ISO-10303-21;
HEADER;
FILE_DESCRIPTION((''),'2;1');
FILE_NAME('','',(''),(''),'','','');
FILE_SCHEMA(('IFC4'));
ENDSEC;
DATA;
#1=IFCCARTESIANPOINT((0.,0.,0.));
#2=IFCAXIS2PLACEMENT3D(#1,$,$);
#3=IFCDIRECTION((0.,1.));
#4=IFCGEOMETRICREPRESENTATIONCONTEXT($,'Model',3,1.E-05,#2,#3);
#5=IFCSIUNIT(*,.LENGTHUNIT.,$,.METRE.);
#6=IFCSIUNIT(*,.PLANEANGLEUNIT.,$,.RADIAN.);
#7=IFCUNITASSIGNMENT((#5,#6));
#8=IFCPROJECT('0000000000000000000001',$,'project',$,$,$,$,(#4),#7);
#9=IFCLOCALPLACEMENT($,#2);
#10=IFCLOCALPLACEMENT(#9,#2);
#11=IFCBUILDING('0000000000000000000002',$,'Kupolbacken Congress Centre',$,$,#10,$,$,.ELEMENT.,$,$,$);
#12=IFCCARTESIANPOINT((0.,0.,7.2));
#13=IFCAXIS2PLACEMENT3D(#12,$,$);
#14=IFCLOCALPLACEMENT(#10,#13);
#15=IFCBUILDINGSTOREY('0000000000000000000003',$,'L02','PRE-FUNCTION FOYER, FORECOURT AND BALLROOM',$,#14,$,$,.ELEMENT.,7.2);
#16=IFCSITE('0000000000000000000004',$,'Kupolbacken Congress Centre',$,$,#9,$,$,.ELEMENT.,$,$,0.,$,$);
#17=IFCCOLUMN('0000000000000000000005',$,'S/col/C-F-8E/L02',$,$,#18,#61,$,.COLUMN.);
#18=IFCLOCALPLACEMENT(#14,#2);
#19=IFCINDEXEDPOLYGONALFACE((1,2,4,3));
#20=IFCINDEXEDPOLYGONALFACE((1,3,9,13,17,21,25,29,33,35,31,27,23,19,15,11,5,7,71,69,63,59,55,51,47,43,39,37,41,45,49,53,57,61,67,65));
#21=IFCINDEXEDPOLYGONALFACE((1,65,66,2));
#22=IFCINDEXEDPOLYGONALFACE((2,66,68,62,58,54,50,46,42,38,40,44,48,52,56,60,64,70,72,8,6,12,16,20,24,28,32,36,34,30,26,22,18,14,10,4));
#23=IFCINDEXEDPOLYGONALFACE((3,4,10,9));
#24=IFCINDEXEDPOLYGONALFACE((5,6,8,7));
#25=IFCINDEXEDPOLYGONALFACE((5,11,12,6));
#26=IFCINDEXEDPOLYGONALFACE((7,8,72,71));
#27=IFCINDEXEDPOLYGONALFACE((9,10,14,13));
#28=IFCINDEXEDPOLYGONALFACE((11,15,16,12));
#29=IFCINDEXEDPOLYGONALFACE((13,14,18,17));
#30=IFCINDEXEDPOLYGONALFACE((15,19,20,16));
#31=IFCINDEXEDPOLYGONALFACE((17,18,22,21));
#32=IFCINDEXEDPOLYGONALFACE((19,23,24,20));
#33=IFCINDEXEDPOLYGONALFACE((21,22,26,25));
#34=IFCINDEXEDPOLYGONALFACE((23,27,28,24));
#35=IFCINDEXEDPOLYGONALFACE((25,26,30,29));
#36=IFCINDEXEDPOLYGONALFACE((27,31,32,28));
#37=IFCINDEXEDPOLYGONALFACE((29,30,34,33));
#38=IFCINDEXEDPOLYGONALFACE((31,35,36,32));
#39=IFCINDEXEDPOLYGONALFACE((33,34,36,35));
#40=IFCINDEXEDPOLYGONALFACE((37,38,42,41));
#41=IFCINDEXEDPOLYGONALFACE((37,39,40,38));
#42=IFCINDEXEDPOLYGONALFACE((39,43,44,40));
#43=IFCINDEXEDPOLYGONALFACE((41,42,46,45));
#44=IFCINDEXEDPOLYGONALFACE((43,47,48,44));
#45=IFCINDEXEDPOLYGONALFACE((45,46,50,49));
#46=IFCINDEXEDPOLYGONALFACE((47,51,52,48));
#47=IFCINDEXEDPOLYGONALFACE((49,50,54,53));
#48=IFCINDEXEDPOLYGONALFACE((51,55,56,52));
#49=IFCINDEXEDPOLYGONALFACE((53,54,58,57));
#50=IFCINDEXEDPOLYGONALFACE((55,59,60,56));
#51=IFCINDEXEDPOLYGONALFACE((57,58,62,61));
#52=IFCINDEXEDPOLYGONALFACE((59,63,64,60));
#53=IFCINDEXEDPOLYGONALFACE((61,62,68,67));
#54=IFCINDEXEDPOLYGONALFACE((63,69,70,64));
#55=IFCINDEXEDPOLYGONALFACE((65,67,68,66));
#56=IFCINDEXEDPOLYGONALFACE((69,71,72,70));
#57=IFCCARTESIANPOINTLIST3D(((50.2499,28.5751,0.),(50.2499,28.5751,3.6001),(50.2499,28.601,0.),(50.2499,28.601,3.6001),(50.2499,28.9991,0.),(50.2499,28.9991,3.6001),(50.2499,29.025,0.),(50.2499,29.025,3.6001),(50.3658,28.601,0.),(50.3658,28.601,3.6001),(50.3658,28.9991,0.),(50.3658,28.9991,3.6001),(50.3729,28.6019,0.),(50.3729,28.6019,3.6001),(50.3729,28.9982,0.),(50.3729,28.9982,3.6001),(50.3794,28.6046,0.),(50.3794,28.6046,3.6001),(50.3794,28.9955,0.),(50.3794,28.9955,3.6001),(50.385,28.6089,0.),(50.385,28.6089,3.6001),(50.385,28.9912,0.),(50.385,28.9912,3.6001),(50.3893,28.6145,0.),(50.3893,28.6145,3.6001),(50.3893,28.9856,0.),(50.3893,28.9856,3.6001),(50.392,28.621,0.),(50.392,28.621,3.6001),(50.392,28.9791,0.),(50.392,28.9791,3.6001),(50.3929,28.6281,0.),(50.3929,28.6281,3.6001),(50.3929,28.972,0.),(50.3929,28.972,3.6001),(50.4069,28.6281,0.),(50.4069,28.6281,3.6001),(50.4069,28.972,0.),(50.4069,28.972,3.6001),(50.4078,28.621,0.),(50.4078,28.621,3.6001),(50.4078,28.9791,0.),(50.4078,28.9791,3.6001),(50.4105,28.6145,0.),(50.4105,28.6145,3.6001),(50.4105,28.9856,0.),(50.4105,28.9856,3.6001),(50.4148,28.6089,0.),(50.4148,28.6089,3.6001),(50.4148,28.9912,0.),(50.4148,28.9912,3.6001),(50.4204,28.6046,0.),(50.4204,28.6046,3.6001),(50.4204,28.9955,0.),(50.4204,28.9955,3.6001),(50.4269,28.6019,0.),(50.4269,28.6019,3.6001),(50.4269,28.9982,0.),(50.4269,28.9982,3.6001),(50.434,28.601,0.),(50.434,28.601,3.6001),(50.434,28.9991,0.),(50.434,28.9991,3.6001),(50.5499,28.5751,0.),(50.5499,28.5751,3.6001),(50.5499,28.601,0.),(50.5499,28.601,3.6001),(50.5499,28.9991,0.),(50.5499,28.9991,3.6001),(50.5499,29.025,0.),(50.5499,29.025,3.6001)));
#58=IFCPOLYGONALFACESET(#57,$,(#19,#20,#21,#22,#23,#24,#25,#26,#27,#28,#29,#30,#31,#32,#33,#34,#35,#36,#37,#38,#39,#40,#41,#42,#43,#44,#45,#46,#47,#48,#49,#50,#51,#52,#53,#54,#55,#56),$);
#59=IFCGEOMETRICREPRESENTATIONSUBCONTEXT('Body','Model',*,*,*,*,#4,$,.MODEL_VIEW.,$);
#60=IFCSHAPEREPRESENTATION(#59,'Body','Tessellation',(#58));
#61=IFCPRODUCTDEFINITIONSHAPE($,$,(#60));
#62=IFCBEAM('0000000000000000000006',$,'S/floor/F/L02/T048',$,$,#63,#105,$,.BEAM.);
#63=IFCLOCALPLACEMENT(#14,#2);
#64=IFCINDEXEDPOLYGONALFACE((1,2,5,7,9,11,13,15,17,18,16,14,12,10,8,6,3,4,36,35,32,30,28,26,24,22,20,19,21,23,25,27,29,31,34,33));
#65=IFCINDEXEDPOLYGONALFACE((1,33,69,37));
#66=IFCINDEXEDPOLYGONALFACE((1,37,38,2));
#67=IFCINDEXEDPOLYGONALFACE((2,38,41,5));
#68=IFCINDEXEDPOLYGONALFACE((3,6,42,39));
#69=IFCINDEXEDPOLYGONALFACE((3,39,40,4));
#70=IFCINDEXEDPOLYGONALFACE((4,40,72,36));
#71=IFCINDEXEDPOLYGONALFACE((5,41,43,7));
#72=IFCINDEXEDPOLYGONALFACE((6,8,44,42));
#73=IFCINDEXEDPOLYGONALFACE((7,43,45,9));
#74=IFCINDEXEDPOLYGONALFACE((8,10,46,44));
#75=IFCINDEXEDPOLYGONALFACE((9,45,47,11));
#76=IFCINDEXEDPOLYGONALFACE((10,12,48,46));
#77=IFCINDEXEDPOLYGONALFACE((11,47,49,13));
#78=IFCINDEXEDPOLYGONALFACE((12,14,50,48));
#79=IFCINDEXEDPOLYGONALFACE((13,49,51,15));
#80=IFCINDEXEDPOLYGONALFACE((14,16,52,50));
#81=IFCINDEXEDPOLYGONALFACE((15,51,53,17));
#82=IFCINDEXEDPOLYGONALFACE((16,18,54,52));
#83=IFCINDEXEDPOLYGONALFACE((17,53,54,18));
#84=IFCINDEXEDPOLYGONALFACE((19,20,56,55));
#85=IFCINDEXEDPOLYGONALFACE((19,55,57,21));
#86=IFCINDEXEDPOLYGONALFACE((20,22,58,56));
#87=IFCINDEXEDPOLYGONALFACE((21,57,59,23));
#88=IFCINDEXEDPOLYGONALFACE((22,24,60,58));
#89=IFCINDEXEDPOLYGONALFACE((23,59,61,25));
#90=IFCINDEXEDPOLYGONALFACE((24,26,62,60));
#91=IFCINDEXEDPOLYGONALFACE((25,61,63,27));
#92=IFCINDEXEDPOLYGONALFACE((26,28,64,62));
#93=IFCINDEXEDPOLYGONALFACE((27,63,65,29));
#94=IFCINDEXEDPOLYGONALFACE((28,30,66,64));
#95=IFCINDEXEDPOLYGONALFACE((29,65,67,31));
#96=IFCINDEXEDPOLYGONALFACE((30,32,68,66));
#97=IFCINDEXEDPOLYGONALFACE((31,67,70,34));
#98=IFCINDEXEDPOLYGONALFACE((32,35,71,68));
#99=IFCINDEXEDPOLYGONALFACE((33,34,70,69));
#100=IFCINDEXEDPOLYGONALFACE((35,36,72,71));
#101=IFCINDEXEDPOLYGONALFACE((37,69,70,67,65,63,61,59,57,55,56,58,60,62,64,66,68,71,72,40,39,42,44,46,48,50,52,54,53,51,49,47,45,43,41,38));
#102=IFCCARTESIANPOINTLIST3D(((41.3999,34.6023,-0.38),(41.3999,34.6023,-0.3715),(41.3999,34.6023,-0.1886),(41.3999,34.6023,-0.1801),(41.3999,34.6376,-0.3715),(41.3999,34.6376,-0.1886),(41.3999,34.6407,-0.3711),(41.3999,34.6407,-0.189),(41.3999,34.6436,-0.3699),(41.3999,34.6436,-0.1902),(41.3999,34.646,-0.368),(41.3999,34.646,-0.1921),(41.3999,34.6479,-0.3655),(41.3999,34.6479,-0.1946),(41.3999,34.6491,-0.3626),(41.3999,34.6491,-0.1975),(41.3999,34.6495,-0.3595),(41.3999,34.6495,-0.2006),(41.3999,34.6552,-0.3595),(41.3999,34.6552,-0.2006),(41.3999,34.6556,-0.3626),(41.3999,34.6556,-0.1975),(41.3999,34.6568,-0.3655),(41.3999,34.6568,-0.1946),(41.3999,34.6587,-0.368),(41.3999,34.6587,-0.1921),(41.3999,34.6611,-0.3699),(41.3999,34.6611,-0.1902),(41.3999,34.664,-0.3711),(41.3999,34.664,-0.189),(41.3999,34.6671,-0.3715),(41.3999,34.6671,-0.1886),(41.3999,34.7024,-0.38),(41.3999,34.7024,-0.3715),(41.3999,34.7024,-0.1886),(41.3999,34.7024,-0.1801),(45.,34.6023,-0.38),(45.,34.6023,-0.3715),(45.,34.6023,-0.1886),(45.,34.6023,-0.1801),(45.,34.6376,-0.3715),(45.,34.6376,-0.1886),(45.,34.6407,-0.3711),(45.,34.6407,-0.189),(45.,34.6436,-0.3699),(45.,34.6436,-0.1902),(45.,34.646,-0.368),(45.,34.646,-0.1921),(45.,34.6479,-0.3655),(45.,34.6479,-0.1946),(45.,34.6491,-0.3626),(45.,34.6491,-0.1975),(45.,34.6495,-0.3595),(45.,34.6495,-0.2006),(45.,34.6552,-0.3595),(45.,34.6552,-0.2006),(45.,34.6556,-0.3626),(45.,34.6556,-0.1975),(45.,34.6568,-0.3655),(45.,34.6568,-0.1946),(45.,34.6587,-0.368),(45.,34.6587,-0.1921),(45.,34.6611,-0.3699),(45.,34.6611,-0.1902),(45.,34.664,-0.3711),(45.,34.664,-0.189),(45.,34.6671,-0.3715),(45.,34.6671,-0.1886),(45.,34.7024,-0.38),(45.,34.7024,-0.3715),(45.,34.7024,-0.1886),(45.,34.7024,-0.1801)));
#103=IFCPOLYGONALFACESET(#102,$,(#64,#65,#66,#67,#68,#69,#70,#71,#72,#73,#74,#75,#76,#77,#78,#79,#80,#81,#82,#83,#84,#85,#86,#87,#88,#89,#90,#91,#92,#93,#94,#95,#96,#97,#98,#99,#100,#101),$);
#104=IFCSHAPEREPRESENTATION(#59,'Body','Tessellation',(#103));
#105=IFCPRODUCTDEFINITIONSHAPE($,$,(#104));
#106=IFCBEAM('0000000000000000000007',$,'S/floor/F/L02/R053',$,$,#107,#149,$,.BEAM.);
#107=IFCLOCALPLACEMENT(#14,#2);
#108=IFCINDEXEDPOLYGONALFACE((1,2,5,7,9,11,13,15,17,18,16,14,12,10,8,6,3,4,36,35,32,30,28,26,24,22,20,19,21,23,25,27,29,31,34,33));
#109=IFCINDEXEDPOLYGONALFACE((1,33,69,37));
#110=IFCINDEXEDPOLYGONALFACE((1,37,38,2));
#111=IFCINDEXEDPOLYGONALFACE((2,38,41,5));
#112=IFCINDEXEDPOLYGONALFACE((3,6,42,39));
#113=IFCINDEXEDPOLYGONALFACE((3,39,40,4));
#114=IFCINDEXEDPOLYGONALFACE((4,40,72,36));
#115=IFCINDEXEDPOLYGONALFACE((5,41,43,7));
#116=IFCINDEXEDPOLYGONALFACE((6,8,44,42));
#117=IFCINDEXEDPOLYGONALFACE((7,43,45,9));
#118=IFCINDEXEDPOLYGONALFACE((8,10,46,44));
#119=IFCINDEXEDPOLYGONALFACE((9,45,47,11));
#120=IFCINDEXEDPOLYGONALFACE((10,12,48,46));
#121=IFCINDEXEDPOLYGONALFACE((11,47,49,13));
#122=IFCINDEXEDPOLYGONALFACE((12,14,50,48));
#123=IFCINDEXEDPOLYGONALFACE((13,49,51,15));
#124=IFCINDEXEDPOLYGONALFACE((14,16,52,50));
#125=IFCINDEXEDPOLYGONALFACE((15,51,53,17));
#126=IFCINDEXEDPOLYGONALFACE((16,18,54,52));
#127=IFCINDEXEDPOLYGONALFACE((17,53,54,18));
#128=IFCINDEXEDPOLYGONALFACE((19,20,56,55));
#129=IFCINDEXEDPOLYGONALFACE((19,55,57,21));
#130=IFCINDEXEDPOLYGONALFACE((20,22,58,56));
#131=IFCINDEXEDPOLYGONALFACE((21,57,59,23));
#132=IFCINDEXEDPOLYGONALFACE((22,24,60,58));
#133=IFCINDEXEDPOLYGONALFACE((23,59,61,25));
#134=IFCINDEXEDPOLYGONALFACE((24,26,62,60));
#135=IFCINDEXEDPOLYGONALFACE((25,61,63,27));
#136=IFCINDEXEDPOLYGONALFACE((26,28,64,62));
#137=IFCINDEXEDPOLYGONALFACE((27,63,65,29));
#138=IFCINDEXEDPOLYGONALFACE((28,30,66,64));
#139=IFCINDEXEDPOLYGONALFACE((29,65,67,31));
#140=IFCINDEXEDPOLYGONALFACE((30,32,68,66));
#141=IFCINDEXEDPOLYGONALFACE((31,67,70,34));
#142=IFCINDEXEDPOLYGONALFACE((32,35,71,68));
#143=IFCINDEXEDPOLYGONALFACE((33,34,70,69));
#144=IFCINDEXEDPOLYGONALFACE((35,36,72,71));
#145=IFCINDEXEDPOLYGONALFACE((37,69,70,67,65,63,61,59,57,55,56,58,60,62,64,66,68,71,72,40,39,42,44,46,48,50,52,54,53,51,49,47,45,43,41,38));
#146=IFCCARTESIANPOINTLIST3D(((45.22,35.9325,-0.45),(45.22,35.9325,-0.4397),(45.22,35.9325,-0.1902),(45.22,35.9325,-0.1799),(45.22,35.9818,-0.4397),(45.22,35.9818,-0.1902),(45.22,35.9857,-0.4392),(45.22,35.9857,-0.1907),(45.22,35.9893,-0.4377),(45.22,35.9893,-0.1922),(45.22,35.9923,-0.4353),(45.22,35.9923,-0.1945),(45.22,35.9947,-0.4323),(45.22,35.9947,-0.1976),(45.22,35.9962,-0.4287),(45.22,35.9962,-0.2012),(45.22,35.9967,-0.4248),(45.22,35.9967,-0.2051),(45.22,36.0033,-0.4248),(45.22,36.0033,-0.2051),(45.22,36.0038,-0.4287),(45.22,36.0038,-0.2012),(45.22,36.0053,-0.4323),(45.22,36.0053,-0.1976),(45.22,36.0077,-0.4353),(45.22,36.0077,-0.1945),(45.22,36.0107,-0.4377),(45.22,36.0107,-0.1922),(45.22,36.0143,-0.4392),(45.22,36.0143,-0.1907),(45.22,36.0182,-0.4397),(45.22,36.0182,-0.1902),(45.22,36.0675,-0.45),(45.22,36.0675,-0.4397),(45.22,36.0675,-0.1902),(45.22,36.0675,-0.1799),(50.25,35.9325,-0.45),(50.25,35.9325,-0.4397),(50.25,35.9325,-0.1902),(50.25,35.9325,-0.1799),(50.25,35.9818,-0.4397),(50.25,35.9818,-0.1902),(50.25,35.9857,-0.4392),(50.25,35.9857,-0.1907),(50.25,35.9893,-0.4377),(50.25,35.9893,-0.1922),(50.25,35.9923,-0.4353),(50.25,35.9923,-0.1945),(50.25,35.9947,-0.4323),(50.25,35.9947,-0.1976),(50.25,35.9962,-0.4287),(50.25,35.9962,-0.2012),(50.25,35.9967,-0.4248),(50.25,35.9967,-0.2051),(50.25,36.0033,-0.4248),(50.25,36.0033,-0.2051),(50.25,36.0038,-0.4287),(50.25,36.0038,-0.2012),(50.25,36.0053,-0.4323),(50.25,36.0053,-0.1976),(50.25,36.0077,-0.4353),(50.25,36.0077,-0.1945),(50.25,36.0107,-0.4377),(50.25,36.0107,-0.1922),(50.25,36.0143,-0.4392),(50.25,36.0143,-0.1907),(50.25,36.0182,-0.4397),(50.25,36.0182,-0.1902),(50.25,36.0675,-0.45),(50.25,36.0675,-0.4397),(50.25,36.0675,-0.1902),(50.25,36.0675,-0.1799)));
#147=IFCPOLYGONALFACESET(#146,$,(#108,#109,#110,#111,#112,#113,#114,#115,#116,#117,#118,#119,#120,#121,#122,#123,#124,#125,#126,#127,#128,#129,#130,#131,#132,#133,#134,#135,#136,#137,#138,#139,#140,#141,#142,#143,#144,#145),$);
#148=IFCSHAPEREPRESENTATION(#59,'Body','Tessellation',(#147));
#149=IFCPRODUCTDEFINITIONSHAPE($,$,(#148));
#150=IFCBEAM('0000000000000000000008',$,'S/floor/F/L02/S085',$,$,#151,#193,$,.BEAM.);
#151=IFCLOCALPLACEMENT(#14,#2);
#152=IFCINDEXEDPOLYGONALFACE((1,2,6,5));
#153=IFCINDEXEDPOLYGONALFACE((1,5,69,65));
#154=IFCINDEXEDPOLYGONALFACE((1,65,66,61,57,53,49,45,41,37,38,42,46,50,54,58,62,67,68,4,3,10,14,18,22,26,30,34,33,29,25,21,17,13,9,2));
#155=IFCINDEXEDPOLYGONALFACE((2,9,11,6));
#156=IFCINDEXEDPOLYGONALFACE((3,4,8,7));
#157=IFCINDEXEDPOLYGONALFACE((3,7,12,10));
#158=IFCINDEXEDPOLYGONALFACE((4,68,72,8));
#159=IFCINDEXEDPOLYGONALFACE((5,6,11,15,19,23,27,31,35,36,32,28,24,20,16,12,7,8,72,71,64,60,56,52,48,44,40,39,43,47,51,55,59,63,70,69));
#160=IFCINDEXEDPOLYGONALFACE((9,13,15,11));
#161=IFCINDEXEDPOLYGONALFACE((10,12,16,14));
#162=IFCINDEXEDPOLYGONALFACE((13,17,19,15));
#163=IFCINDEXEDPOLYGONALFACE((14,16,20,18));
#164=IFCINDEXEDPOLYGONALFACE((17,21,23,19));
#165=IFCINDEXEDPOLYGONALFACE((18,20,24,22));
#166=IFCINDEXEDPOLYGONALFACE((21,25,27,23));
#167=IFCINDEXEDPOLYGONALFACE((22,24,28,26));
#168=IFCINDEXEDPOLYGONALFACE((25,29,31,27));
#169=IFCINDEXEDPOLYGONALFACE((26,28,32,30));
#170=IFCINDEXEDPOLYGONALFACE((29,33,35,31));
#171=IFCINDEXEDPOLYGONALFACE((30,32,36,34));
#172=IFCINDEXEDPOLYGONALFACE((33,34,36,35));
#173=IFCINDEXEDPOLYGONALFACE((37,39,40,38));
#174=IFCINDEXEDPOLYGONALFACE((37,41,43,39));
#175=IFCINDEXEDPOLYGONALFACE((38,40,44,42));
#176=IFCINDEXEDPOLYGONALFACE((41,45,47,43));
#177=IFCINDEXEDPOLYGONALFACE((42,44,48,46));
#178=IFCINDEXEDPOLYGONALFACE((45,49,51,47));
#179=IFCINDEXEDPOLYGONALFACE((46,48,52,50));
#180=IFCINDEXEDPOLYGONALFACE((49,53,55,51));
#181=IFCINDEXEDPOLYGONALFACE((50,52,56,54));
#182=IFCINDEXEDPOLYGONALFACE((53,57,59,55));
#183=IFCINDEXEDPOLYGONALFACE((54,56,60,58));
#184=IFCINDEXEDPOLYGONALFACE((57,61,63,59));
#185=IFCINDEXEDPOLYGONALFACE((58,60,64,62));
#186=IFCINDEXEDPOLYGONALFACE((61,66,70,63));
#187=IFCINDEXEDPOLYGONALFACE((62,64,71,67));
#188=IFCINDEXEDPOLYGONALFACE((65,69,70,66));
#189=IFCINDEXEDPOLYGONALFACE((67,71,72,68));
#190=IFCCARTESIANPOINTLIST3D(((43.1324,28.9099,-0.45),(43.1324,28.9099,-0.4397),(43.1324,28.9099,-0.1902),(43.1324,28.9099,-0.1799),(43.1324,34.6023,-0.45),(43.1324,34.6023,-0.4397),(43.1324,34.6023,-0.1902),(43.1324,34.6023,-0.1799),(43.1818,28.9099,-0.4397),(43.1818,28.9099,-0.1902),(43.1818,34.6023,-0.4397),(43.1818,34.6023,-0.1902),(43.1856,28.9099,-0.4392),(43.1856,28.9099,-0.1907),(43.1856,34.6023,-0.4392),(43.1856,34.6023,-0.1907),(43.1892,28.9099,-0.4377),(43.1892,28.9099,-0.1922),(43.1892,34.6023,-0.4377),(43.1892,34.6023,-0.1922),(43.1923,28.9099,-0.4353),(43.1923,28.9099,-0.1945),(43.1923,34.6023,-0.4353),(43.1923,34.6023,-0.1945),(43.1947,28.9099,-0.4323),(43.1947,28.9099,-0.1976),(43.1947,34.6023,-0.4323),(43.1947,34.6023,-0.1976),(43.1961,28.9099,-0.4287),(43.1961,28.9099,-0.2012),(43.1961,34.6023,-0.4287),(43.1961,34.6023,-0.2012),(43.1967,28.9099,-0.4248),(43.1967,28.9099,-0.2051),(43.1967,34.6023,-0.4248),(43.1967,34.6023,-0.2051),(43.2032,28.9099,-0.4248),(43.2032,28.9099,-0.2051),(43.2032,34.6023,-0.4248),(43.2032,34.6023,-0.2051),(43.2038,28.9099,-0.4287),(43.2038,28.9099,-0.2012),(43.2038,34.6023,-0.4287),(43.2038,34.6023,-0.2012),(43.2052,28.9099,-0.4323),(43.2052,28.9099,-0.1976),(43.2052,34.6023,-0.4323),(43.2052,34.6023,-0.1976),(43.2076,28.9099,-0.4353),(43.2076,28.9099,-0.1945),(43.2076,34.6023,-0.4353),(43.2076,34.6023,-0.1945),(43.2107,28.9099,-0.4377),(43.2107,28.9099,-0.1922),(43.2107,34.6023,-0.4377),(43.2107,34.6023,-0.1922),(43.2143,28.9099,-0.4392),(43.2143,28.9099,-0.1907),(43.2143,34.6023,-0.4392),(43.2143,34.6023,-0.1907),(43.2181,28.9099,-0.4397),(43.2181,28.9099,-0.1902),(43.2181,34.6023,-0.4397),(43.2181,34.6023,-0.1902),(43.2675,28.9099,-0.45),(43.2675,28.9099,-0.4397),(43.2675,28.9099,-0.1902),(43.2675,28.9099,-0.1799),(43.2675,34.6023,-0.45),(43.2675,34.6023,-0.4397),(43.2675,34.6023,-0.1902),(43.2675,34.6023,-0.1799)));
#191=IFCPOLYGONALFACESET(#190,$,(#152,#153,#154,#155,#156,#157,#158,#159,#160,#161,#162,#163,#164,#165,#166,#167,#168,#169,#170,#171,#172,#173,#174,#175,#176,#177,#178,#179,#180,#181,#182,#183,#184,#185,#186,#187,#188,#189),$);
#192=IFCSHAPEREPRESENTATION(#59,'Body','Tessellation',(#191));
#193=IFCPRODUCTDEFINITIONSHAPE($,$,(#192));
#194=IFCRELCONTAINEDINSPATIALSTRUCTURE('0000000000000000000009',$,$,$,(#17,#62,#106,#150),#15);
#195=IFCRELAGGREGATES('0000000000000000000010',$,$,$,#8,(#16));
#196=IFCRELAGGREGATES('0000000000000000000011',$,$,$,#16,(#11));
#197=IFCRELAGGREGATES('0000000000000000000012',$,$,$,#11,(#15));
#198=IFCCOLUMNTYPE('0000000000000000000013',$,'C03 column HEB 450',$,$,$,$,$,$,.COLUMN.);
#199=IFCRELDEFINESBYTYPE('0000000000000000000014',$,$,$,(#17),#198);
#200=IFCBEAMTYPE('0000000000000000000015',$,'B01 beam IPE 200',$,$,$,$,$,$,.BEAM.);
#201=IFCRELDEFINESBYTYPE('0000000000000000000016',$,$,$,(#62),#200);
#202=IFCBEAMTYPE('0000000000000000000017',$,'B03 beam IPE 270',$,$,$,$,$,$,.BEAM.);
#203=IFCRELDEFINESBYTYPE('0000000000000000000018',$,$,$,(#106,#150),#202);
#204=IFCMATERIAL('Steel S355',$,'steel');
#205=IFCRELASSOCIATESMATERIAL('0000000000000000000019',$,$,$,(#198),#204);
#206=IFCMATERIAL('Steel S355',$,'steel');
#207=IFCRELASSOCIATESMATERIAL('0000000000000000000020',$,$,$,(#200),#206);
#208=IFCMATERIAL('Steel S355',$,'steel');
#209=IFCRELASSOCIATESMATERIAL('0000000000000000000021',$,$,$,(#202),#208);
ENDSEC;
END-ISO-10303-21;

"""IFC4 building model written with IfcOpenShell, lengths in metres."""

from ifc_helpers import new_model, si_unit, direction, frame, origin, origin_2d, place, context, subcontext, project, spatial, i_section, extrude, material, material_profile, profile_set, type_object, element, save


model = new_model("IFC4")

# Units and contexts
model_context = context("Model", 3, precision=1e-05, world=origin(), true_north=direction((0.0, 1.0)))
body_context = subcontext(model_context, "Body", "Model", "MODEL_VIEW")
ifc_project = project(units=[si_unit("LENGTHUNIT", "METRE"), si_unit("PLANEANGLEUNIT", "RADIAN")], contexts=[model_context])

# Site, building, storey
site_placement = place(None, origin())
site = spatial("IfcSite", under=ifc_project, at=site_placement, Name="Kupolbacken Congress Centre", CompositionType="ELEMENT", RefElevation=0.0)
building_placement = place(site_placement, origin())
building = spatial("IfcBuilding", under=site, at=building_placement, Name="Kupolbacken Congress Centre", CompositionType="ELEMENT")
storey_placement = place(building_placement, frame((0.0, 0.0, 7.2)))
storey = spatial("IfcBuildingStorey", under=building, at=storey_placement, Name="L02", Description="PRE-FUNCTION FOYER, FORECOURT AND BALLROOM", CompositionType="ELEMENT", Elevation=7.2)

# Column
ifc_material_1 = material(Name="Steel S355", Category="steel")
ifc_material_profile_1 = material_profile(ifc_material_1, i_section(OverallWidth=0.3, OverallDepth=0.45, WebThickness=0.0139, FlangeThickness=0.0259, FilletRadius=0.0271, at=origin_2d()), Name="HEB 450")
ifc_profile_set_1 = profile_set([ifc_material_profile_1], Name="Steel S355")
column_type = type_object("IfcColumnType", Name="C03 column HEB 450", PredefinedType="COLUMN", material=ifc_profile_set_1)
column_placement = place(storey_placement, frame((50.3999, 28.8, 0.0), z_axis=(0.0, 0.0, 1.0), x_axis=(1.0, 0.0, 0.0)))
element("IfcColumn", 1, at=column_placement, inside=storey, type_object=column_type, Name="S/col/C-F-8E/L02", PredefinedType="COLUMN", context=body_context, shape_type="SweptSolid", body=[
    extrude(i_section(OverallWidth=0.3, OverallDepth=0.45, WebThickness=0.0139, FlangeThickness=0.0259, FilletRadius=0.0271, at=origin_2d()), origin(), (0.0, 0.0, 1.0), 3.6001),
])

# Beams
ifc_material_2 = material(Name="Steel S355", Category="steel")
ifc_material_profile_2 = material_profile(ifc_material_2, i_section(OverallWidth=0.1001, OverallDepth=0.2, WebThickness=0.0056, FlangeThickness=0.0085, FilletRadius=0.012, at=origin_2d()), Name="IPE 200")
ifc_profile_set_2 = profile_set([ifc_material_profile_2], Name="Steel S355")
beam_type_1 = type_object("IfcBeamType", Name="B01 beam IPE 200", PredefinedType="BEAM", material=ifc_profile_set_2)
beam_1_placement = place(storey_placement, frame((41.3999, 34.6523, -0.28), z_axis=(1.0, 0.0, 0.0), x_axis=(0.0, 1.0, 0.0)))
element("IfcBeam", 2, at=beam_1_placement, inside=storey, type_object=beam_type_1, Name="S/floor/F/L02/T048", PredefinedType="BEAM", context=body_context, shape_type="SweptSolid", body=[
    extrude(i_section(OverallWidth=0.1001, OverallDepth=0.2, WebThickness=0.0056, FlangeThickness=0.0085, FilletRadius=0.012, at=origin_2d()), origin(), (0.0, 0.0, 1.0), 3.6001),
])
ifc_material_3 = material(Name="Steel S355", Category="steel")
ifc_material_profile_3 = material_profile(ifc_material_3, i_section(OverallWidth=0.135, OverallDepth=0.27, WebThickness=0.0066, FlangeThickness=0.0103, FilletRadius=0.0149, at=origin_2d()), Name="IPE 270")
ifc_profile_set_3 = profile_set([ifc_material_profile_3], Name="Steel S355")
beam_type_2 = type_object("IfcBeamType", Name="B03 beam IPE 270", PredefinedType="BEAM", material=ifc_profile_set_3)
beam_2_placement = place(storey_placement, frame((45.22, 36.0, -0.3149), z_axis=(1.0, 0.0, 0.0), x_axis=(0.0, 1.0, 0.0)))
element("IfcBeam", 3, at=beam_2_placement, inside=storey, type_object=beam_type_2, Name="S/floor/F/L02/R053", PredefinedType="BEAM", context=body_context, shape_type="SweptSolid", body=[
    extrude(i_section(OverallWidth=0.135, OverallDepth=0.27, WebThickness=0.0066, FlangeThickness=0.0103, FilletRadius=0.0149, at=origin_2d()), origin(), (0.0, 0.0, 1.0), 5.03),
])
beam_3_placement = place(storey_placement, frame((43.2, 28.9099, -0.3149), z_axis=(0.0, 1.0, 0.0), x_axis=(-1.0, 0.0, 0.0)))
element("IfcBeam", 4, at=beam_3_placement, inside=storey, type_object=beam_type_2, Name="S/floor/F/L02/S085", PredefinedType="BEAM", context=body_context, shape_type="SweptSolid", body=[
    extrude(i_section(OverallWidth=0.135, OverallDepth=0.27, WebThickness=0.0066, FlangeThickness=0.0103, FilletRadius=0.0149, at=origin_2d()), origin(), (0.0, 0.0, 1.0), 5.6924),
])

save(model, "model.ifc")
